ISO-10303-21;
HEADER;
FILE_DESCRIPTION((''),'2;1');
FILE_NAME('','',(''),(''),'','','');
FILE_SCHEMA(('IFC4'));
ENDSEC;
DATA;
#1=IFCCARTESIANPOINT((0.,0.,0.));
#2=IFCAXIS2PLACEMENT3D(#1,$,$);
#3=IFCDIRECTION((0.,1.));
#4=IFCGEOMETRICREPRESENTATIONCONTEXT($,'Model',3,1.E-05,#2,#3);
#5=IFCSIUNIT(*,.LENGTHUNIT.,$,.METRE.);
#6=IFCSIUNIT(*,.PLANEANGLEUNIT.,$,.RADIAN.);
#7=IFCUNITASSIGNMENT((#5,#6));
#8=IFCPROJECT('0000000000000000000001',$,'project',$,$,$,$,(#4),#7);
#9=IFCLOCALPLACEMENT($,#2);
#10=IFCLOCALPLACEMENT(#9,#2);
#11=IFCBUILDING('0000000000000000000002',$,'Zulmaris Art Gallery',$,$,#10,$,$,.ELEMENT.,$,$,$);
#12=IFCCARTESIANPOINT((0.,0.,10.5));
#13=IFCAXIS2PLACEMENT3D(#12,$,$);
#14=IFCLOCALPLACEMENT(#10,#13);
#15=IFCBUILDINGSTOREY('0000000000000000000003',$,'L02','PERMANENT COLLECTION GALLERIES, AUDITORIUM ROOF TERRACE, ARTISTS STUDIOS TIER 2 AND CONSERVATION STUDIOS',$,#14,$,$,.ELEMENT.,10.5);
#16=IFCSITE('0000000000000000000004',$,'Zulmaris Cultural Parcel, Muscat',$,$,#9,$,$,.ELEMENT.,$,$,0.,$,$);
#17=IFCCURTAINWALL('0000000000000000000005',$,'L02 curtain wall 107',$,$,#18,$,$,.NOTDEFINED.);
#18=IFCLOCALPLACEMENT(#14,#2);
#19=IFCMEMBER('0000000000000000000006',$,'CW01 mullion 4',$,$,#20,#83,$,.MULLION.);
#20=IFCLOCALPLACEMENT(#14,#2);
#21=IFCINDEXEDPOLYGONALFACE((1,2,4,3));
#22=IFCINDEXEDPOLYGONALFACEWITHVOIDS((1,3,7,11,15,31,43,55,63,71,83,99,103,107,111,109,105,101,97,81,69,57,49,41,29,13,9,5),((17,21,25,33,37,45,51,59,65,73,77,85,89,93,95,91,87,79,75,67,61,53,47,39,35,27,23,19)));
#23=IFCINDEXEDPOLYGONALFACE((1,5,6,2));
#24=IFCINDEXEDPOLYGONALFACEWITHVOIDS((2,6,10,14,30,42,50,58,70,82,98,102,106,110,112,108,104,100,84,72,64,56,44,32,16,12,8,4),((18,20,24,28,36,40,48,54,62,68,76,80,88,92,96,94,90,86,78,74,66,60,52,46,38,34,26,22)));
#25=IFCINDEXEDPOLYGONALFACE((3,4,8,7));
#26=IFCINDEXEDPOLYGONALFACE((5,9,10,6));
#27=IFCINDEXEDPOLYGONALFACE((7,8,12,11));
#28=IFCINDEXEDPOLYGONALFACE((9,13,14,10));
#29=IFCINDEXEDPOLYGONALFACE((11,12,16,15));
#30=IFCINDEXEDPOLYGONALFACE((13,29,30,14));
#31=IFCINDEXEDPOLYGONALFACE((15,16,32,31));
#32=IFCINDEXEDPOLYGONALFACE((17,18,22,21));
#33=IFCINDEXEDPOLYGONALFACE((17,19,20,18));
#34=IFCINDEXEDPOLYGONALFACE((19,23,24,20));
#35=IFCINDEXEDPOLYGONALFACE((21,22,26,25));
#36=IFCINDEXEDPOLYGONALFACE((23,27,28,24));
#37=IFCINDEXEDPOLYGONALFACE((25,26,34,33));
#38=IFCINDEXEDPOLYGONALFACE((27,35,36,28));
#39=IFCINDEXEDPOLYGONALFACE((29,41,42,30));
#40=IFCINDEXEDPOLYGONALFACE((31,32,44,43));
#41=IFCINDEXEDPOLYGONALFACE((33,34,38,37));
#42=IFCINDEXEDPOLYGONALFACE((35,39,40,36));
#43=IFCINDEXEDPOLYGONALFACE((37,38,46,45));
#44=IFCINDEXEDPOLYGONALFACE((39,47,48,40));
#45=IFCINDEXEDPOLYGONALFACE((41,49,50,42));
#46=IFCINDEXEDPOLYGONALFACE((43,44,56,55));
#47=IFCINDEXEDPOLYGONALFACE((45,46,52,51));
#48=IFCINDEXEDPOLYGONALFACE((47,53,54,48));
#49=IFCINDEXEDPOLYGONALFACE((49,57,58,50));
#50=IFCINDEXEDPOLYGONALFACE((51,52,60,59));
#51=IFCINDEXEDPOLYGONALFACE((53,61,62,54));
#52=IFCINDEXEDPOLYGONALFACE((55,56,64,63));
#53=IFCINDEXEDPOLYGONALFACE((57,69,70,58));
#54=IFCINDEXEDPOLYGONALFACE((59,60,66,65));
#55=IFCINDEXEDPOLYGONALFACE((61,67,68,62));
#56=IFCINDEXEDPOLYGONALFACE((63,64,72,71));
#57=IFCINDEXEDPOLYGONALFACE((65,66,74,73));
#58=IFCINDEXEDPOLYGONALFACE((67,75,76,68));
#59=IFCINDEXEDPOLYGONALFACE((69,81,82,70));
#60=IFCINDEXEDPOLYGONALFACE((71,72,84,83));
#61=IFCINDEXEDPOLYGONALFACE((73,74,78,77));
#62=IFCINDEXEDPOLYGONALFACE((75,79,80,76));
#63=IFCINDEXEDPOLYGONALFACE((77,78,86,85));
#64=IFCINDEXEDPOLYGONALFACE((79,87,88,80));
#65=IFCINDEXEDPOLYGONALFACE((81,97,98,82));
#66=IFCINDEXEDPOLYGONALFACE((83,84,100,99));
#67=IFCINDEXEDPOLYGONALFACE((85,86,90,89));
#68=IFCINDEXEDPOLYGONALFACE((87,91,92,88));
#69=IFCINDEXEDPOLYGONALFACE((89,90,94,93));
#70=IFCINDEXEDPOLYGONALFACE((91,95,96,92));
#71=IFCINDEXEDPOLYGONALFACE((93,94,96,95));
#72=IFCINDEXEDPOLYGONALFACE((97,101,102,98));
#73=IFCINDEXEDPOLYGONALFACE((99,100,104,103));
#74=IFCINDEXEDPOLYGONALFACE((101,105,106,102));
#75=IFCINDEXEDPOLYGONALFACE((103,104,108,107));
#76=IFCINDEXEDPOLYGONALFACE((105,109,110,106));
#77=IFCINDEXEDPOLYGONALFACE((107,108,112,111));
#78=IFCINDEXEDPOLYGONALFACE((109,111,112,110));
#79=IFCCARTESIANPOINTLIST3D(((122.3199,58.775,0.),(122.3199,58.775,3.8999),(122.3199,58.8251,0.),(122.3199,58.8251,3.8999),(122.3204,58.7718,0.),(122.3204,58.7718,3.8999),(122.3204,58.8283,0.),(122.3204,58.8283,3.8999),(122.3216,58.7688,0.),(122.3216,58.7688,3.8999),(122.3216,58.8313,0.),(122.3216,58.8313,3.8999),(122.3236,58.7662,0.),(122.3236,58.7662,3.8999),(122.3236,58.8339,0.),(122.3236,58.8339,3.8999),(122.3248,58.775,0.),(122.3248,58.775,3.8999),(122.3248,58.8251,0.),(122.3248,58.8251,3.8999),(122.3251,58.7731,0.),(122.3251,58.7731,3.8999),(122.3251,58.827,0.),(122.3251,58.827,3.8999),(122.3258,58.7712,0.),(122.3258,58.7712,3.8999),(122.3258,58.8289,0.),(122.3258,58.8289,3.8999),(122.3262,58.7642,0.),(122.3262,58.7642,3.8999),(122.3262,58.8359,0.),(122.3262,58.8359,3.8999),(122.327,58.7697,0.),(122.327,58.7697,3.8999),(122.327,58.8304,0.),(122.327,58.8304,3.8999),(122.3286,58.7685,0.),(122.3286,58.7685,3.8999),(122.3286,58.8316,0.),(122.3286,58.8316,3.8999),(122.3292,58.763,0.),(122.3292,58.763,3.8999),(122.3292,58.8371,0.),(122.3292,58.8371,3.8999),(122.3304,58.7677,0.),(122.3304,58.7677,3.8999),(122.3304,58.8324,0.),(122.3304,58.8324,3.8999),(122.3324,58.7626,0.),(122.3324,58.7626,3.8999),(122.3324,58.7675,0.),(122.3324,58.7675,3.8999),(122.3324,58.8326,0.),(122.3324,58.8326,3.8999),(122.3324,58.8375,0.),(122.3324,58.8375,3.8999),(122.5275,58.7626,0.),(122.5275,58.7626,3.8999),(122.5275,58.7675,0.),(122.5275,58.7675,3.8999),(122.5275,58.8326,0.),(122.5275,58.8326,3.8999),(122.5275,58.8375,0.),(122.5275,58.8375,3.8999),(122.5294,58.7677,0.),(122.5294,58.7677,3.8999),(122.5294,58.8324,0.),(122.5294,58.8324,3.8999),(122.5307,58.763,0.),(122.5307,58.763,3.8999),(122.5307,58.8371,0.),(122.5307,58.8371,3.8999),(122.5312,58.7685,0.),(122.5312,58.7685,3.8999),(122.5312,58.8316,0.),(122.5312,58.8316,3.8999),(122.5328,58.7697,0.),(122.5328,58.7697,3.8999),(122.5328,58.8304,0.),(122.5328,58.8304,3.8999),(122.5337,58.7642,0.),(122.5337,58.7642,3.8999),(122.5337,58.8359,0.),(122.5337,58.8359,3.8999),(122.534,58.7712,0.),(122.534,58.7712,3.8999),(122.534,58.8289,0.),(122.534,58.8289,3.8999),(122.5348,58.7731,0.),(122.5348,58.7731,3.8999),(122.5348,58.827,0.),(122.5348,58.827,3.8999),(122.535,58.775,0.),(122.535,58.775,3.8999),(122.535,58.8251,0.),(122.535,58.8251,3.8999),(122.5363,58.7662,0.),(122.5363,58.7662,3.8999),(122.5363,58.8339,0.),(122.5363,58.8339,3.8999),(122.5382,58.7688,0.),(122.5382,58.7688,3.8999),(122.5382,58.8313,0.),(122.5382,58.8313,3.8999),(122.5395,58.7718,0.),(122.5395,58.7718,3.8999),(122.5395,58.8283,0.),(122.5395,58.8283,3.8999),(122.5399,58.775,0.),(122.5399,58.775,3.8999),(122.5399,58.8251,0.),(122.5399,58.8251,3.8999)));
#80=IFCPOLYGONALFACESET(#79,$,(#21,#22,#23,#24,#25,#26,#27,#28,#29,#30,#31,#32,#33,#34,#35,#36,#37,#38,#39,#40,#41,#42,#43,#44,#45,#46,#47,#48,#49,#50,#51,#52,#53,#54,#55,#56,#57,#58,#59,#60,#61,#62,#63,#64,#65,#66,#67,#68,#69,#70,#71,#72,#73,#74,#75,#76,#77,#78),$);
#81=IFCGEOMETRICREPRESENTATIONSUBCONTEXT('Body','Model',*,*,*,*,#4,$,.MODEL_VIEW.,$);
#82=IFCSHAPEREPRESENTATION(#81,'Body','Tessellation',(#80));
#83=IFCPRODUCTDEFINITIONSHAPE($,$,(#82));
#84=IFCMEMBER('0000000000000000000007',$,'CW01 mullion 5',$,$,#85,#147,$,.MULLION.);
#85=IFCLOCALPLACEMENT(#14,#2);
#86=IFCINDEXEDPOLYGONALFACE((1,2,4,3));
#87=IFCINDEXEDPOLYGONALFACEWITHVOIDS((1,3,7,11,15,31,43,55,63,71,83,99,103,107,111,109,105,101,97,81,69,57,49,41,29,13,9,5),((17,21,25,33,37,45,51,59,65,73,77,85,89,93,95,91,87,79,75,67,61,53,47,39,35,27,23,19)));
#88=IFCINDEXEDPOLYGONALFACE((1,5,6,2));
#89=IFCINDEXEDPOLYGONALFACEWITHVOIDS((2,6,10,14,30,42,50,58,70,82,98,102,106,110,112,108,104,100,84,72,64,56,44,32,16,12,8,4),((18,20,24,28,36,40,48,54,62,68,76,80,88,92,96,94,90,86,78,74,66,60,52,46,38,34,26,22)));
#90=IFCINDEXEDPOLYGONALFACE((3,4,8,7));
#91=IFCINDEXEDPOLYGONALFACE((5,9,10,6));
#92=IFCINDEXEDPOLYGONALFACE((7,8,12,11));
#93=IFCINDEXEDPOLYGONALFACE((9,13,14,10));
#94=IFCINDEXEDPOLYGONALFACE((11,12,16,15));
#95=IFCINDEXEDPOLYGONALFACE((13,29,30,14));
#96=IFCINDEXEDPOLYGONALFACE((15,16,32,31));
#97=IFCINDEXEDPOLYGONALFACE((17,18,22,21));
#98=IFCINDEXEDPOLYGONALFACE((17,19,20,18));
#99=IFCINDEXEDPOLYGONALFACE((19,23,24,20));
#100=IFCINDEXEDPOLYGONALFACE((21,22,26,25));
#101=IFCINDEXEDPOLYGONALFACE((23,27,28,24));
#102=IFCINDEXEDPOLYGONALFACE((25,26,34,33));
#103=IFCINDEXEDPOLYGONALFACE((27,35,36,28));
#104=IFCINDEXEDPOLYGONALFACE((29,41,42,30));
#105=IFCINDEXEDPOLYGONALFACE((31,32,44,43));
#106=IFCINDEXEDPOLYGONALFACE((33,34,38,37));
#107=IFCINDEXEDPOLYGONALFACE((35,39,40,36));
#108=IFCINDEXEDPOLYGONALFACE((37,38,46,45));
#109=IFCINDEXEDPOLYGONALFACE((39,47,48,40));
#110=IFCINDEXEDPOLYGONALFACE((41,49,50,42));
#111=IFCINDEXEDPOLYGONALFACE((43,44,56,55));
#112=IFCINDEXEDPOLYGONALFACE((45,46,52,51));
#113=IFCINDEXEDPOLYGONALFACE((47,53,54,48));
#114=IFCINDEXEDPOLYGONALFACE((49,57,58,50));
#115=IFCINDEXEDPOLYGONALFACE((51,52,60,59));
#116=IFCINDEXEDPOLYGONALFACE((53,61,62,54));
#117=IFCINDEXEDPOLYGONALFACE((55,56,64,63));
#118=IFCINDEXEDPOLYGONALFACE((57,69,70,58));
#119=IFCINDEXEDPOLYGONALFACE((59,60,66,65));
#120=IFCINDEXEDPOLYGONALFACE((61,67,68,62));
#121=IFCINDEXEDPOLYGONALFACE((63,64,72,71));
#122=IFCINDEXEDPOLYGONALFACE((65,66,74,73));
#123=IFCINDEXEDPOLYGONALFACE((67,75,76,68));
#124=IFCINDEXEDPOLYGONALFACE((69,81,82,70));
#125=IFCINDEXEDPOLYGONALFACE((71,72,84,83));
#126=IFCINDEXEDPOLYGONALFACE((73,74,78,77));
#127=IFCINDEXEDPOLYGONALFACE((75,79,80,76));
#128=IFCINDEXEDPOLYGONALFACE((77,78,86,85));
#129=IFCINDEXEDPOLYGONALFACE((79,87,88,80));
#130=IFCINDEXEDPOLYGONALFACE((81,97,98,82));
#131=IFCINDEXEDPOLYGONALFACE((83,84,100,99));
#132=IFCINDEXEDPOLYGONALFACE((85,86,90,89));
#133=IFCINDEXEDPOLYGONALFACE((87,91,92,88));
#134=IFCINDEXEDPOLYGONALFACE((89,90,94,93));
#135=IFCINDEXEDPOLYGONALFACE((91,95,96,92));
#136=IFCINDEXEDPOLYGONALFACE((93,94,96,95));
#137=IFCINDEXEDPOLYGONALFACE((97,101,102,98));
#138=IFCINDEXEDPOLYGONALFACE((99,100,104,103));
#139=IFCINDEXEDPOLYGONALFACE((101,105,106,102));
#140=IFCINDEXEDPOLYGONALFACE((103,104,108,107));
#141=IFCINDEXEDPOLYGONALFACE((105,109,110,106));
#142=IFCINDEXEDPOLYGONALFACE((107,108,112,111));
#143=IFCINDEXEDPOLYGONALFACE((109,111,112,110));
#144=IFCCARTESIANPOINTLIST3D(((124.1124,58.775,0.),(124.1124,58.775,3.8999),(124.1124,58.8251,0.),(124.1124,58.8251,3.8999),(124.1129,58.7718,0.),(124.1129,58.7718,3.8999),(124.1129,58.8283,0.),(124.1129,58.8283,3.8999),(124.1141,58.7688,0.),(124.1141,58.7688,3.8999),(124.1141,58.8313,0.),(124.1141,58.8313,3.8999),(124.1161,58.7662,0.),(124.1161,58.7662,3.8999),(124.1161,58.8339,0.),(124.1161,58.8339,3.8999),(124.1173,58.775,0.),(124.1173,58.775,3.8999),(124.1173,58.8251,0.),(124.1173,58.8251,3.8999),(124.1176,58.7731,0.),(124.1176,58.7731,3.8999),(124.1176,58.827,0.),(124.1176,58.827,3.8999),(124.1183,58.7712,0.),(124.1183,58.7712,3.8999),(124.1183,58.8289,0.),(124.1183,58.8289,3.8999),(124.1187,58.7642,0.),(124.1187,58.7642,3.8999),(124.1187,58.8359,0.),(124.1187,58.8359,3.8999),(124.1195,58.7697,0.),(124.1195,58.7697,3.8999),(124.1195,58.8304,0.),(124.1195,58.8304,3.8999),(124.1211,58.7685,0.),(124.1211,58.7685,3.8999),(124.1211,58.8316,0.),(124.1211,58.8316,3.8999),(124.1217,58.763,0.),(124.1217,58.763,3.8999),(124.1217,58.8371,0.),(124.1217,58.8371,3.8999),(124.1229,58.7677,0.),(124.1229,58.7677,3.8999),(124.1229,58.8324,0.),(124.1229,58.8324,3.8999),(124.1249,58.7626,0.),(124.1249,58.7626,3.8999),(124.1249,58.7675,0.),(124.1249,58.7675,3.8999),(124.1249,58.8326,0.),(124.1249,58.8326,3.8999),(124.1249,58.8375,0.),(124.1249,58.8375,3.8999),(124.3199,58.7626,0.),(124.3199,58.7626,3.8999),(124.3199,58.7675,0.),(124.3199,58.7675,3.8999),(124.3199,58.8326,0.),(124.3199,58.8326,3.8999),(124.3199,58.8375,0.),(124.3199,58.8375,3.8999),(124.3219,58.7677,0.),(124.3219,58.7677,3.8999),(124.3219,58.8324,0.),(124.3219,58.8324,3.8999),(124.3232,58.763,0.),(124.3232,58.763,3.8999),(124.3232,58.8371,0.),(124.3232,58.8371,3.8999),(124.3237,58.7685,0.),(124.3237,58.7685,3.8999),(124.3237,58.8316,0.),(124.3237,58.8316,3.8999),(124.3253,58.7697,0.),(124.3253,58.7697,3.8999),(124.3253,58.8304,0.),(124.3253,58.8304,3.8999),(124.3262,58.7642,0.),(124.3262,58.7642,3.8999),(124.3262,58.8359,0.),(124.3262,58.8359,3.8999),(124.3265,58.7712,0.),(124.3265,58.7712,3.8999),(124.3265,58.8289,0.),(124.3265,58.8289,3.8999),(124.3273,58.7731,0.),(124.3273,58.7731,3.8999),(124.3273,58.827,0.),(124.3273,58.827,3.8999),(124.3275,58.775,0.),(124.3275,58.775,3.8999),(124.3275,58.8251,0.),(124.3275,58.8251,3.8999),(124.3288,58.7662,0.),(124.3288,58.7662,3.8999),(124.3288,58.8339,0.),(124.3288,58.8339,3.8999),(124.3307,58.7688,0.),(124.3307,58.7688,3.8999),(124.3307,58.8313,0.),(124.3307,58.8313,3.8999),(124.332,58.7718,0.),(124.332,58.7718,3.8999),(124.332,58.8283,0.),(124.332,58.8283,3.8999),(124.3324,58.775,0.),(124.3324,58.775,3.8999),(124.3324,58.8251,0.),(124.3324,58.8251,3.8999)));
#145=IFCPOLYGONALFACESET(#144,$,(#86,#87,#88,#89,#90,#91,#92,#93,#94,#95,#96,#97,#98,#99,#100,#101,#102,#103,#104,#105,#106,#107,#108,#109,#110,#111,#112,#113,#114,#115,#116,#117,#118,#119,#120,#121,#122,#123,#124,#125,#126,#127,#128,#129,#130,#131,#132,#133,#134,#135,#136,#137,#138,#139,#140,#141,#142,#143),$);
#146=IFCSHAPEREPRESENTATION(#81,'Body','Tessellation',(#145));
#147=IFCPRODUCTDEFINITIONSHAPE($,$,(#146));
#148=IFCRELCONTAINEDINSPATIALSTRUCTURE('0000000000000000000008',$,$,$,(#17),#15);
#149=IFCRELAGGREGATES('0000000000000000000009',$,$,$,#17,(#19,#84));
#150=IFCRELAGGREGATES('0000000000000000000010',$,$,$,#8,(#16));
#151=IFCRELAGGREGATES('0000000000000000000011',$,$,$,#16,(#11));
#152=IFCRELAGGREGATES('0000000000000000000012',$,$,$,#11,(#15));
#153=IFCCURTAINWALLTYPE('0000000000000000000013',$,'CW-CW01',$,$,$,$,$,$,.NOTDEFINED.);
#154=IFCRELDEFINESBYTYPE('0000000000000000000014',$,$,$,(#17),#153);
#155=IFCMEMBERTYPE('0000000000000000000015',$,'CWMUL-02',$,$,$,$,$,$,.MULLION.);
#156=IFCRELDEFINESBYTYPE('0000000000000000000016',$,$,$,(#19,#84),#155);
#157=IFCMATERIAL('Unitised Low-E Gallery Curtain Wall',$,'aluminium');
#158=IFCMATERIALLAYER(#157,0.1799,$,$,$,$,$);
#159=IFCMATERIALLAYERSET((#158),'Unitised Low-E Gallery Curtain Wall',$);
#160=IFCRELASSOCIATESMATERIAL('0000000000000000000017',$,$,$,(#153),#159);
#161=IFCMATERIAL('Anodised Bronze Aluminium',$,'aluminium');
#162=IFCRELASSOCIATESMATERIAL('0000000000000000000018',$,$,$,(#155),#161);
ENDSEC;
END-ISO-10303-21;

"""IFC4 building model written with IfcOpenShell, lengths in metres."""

from ifc_helpers import new_model, si_unit, direction, frame, origin, origin_2d, place, context, subcontext, project, spatial, hollow_rectangle, extrude, material, layer, layer_set, material_profile, profile_set, type_object, element, aggregate, save


model = new_model("IFC4")

# Units and contexts
model_context = context("Model", 3, precision=1e-05, world=origin(), true_north=direction((0.0, 1.0)))
body_context = subcontext(model_context, "Body", "Model", "MODEL_VIEW")
ifc_project = project(units=[si_unit("LENGTHUNIT", "METRE"), si_unit("PLANEANGLEUNIT", "RADIAN")], contexts=[model_context])

# Site, building, storey
site_placement = place(None, origin())
site = spatial("IfcSite", under=ifc_project, at=site_placement, Name="Zulmaris Cultural Parcel, Muscat", CompositionType="ELEMENT", RefElevation=0.0)
building_placement = place(site_placement, origin())
building = spatial("IfcBuilding", under=site, at=building_placement, Name="Zulmaris Art Gallery", CompositionType="ELEMENT")
storey_placement = place(building_placement, frame((0.0, 0.0, 10.5)))
storey = spatial("IfcBuildingStorey", under=building, at=storey_placement, Name="L02", Description="PERMANENT COLLECTION GALLERIES, AUDITORIUM ROOF TERRACE, ARTISTS STUDIOS TIER 2 AND CONSERVATION STUDIOS", CompositionType="ELEMENT", Elevation=10.5)

# Curtain wall, members
ifc_material_1 = material(Name="Unitised Low-E Gallery Curtain Wall", Category="aluminium")
ifc_layer_1 = layer(ifc_material_1, 0.1799)
ifc_layer_set_1 = layer_set([ifc_layer_1], Name="Unitised Low-E Gallery Curtain Wall")
curtain_wall_type = type_object("IfcCurtainWallType", Name="CW-CW01", PredefinedType="NOTDEFINED", material=ifc_layer_set_1)
curtain_wall_1_placement = place(storey_placement, origin())
curtain_wall_1 = element("IfcCurtainWall", 1, at=curtain_wall_1_placement, inside=storey, type_object=curtain_wall_type, Name="L02 curtain wall 107", PredefinedType="NOTDEFINED")
ifc_material_2 = material(Name="Anodised Bronze Aluminium", Category="aluminium")
ifc_material_profile_1 = material_profile(ifc_material_2, hollow_rectangle(XDim=0.075, YDim=0.22, WallThickness=0.0049, InnerFilletRadius=0.0076, OuterFilletRadius=0.0125, at=origin_2d()), Name="ALU 75x220x5")
ifc_profile_set_1 = profile_set([ifc_material_profile_1], Name="Anodised Bronze Aluminium")
member_type_1 = type_object("IfcMemberType", Name="CWMUL-02", PredefinedType="MULLION", material=ifc_profile_set_1)
member_1_placement = place(storey_placement, frame((122.4299, 58.8, 0.0), z_axis=(0.0, 0.0, 1.0), x_axis=(0.0, 1.0, 0.0)))
member_1 = element("IfcMember", 2, at=member_1_placement, type_object=member_type_1, Name="CW01 mullion 4", PredefinedType="MULLION", context=body_context, shape_type="SweptSolid", body=[
    extrude(hollow_rectangle(XDim=0.075, YDim=0.22, WallThickness=0.0049, InnerFilletRadius=0.0076, OuterFilletRadius=0.0125, at=origin_2d()), origin(), (0.0, 0.0, 1.0), 3.8999),
])
member_2_placement = place(storey_placement, frame((124.2224, 58.8, 0.0), z_axis=(0.0, 0.0, 1.0), x_axis=(0.0, 1.0, 0.0)))
member_2 = element("IfcMember", 3, at=member_2_placement, type_object=member_type_1, Name="CW01 mullion 5", PredefinedType="MULLION", context=body_context, shape_type="SweptSolid", body=[
    extrude(hollow_rectangle(XDim=0.075, YDim=0.22, WallThickness=0.0049, InnerFilletRadius=0.0076, OuterFilletRadius=0.0125, at=origin_2d()), origin(), (0.0, 0.0, 1.0), 3.8999),
])

aggregate(curtain_wall_1, [member_1, member_2])

save(model, "model.ifc")
